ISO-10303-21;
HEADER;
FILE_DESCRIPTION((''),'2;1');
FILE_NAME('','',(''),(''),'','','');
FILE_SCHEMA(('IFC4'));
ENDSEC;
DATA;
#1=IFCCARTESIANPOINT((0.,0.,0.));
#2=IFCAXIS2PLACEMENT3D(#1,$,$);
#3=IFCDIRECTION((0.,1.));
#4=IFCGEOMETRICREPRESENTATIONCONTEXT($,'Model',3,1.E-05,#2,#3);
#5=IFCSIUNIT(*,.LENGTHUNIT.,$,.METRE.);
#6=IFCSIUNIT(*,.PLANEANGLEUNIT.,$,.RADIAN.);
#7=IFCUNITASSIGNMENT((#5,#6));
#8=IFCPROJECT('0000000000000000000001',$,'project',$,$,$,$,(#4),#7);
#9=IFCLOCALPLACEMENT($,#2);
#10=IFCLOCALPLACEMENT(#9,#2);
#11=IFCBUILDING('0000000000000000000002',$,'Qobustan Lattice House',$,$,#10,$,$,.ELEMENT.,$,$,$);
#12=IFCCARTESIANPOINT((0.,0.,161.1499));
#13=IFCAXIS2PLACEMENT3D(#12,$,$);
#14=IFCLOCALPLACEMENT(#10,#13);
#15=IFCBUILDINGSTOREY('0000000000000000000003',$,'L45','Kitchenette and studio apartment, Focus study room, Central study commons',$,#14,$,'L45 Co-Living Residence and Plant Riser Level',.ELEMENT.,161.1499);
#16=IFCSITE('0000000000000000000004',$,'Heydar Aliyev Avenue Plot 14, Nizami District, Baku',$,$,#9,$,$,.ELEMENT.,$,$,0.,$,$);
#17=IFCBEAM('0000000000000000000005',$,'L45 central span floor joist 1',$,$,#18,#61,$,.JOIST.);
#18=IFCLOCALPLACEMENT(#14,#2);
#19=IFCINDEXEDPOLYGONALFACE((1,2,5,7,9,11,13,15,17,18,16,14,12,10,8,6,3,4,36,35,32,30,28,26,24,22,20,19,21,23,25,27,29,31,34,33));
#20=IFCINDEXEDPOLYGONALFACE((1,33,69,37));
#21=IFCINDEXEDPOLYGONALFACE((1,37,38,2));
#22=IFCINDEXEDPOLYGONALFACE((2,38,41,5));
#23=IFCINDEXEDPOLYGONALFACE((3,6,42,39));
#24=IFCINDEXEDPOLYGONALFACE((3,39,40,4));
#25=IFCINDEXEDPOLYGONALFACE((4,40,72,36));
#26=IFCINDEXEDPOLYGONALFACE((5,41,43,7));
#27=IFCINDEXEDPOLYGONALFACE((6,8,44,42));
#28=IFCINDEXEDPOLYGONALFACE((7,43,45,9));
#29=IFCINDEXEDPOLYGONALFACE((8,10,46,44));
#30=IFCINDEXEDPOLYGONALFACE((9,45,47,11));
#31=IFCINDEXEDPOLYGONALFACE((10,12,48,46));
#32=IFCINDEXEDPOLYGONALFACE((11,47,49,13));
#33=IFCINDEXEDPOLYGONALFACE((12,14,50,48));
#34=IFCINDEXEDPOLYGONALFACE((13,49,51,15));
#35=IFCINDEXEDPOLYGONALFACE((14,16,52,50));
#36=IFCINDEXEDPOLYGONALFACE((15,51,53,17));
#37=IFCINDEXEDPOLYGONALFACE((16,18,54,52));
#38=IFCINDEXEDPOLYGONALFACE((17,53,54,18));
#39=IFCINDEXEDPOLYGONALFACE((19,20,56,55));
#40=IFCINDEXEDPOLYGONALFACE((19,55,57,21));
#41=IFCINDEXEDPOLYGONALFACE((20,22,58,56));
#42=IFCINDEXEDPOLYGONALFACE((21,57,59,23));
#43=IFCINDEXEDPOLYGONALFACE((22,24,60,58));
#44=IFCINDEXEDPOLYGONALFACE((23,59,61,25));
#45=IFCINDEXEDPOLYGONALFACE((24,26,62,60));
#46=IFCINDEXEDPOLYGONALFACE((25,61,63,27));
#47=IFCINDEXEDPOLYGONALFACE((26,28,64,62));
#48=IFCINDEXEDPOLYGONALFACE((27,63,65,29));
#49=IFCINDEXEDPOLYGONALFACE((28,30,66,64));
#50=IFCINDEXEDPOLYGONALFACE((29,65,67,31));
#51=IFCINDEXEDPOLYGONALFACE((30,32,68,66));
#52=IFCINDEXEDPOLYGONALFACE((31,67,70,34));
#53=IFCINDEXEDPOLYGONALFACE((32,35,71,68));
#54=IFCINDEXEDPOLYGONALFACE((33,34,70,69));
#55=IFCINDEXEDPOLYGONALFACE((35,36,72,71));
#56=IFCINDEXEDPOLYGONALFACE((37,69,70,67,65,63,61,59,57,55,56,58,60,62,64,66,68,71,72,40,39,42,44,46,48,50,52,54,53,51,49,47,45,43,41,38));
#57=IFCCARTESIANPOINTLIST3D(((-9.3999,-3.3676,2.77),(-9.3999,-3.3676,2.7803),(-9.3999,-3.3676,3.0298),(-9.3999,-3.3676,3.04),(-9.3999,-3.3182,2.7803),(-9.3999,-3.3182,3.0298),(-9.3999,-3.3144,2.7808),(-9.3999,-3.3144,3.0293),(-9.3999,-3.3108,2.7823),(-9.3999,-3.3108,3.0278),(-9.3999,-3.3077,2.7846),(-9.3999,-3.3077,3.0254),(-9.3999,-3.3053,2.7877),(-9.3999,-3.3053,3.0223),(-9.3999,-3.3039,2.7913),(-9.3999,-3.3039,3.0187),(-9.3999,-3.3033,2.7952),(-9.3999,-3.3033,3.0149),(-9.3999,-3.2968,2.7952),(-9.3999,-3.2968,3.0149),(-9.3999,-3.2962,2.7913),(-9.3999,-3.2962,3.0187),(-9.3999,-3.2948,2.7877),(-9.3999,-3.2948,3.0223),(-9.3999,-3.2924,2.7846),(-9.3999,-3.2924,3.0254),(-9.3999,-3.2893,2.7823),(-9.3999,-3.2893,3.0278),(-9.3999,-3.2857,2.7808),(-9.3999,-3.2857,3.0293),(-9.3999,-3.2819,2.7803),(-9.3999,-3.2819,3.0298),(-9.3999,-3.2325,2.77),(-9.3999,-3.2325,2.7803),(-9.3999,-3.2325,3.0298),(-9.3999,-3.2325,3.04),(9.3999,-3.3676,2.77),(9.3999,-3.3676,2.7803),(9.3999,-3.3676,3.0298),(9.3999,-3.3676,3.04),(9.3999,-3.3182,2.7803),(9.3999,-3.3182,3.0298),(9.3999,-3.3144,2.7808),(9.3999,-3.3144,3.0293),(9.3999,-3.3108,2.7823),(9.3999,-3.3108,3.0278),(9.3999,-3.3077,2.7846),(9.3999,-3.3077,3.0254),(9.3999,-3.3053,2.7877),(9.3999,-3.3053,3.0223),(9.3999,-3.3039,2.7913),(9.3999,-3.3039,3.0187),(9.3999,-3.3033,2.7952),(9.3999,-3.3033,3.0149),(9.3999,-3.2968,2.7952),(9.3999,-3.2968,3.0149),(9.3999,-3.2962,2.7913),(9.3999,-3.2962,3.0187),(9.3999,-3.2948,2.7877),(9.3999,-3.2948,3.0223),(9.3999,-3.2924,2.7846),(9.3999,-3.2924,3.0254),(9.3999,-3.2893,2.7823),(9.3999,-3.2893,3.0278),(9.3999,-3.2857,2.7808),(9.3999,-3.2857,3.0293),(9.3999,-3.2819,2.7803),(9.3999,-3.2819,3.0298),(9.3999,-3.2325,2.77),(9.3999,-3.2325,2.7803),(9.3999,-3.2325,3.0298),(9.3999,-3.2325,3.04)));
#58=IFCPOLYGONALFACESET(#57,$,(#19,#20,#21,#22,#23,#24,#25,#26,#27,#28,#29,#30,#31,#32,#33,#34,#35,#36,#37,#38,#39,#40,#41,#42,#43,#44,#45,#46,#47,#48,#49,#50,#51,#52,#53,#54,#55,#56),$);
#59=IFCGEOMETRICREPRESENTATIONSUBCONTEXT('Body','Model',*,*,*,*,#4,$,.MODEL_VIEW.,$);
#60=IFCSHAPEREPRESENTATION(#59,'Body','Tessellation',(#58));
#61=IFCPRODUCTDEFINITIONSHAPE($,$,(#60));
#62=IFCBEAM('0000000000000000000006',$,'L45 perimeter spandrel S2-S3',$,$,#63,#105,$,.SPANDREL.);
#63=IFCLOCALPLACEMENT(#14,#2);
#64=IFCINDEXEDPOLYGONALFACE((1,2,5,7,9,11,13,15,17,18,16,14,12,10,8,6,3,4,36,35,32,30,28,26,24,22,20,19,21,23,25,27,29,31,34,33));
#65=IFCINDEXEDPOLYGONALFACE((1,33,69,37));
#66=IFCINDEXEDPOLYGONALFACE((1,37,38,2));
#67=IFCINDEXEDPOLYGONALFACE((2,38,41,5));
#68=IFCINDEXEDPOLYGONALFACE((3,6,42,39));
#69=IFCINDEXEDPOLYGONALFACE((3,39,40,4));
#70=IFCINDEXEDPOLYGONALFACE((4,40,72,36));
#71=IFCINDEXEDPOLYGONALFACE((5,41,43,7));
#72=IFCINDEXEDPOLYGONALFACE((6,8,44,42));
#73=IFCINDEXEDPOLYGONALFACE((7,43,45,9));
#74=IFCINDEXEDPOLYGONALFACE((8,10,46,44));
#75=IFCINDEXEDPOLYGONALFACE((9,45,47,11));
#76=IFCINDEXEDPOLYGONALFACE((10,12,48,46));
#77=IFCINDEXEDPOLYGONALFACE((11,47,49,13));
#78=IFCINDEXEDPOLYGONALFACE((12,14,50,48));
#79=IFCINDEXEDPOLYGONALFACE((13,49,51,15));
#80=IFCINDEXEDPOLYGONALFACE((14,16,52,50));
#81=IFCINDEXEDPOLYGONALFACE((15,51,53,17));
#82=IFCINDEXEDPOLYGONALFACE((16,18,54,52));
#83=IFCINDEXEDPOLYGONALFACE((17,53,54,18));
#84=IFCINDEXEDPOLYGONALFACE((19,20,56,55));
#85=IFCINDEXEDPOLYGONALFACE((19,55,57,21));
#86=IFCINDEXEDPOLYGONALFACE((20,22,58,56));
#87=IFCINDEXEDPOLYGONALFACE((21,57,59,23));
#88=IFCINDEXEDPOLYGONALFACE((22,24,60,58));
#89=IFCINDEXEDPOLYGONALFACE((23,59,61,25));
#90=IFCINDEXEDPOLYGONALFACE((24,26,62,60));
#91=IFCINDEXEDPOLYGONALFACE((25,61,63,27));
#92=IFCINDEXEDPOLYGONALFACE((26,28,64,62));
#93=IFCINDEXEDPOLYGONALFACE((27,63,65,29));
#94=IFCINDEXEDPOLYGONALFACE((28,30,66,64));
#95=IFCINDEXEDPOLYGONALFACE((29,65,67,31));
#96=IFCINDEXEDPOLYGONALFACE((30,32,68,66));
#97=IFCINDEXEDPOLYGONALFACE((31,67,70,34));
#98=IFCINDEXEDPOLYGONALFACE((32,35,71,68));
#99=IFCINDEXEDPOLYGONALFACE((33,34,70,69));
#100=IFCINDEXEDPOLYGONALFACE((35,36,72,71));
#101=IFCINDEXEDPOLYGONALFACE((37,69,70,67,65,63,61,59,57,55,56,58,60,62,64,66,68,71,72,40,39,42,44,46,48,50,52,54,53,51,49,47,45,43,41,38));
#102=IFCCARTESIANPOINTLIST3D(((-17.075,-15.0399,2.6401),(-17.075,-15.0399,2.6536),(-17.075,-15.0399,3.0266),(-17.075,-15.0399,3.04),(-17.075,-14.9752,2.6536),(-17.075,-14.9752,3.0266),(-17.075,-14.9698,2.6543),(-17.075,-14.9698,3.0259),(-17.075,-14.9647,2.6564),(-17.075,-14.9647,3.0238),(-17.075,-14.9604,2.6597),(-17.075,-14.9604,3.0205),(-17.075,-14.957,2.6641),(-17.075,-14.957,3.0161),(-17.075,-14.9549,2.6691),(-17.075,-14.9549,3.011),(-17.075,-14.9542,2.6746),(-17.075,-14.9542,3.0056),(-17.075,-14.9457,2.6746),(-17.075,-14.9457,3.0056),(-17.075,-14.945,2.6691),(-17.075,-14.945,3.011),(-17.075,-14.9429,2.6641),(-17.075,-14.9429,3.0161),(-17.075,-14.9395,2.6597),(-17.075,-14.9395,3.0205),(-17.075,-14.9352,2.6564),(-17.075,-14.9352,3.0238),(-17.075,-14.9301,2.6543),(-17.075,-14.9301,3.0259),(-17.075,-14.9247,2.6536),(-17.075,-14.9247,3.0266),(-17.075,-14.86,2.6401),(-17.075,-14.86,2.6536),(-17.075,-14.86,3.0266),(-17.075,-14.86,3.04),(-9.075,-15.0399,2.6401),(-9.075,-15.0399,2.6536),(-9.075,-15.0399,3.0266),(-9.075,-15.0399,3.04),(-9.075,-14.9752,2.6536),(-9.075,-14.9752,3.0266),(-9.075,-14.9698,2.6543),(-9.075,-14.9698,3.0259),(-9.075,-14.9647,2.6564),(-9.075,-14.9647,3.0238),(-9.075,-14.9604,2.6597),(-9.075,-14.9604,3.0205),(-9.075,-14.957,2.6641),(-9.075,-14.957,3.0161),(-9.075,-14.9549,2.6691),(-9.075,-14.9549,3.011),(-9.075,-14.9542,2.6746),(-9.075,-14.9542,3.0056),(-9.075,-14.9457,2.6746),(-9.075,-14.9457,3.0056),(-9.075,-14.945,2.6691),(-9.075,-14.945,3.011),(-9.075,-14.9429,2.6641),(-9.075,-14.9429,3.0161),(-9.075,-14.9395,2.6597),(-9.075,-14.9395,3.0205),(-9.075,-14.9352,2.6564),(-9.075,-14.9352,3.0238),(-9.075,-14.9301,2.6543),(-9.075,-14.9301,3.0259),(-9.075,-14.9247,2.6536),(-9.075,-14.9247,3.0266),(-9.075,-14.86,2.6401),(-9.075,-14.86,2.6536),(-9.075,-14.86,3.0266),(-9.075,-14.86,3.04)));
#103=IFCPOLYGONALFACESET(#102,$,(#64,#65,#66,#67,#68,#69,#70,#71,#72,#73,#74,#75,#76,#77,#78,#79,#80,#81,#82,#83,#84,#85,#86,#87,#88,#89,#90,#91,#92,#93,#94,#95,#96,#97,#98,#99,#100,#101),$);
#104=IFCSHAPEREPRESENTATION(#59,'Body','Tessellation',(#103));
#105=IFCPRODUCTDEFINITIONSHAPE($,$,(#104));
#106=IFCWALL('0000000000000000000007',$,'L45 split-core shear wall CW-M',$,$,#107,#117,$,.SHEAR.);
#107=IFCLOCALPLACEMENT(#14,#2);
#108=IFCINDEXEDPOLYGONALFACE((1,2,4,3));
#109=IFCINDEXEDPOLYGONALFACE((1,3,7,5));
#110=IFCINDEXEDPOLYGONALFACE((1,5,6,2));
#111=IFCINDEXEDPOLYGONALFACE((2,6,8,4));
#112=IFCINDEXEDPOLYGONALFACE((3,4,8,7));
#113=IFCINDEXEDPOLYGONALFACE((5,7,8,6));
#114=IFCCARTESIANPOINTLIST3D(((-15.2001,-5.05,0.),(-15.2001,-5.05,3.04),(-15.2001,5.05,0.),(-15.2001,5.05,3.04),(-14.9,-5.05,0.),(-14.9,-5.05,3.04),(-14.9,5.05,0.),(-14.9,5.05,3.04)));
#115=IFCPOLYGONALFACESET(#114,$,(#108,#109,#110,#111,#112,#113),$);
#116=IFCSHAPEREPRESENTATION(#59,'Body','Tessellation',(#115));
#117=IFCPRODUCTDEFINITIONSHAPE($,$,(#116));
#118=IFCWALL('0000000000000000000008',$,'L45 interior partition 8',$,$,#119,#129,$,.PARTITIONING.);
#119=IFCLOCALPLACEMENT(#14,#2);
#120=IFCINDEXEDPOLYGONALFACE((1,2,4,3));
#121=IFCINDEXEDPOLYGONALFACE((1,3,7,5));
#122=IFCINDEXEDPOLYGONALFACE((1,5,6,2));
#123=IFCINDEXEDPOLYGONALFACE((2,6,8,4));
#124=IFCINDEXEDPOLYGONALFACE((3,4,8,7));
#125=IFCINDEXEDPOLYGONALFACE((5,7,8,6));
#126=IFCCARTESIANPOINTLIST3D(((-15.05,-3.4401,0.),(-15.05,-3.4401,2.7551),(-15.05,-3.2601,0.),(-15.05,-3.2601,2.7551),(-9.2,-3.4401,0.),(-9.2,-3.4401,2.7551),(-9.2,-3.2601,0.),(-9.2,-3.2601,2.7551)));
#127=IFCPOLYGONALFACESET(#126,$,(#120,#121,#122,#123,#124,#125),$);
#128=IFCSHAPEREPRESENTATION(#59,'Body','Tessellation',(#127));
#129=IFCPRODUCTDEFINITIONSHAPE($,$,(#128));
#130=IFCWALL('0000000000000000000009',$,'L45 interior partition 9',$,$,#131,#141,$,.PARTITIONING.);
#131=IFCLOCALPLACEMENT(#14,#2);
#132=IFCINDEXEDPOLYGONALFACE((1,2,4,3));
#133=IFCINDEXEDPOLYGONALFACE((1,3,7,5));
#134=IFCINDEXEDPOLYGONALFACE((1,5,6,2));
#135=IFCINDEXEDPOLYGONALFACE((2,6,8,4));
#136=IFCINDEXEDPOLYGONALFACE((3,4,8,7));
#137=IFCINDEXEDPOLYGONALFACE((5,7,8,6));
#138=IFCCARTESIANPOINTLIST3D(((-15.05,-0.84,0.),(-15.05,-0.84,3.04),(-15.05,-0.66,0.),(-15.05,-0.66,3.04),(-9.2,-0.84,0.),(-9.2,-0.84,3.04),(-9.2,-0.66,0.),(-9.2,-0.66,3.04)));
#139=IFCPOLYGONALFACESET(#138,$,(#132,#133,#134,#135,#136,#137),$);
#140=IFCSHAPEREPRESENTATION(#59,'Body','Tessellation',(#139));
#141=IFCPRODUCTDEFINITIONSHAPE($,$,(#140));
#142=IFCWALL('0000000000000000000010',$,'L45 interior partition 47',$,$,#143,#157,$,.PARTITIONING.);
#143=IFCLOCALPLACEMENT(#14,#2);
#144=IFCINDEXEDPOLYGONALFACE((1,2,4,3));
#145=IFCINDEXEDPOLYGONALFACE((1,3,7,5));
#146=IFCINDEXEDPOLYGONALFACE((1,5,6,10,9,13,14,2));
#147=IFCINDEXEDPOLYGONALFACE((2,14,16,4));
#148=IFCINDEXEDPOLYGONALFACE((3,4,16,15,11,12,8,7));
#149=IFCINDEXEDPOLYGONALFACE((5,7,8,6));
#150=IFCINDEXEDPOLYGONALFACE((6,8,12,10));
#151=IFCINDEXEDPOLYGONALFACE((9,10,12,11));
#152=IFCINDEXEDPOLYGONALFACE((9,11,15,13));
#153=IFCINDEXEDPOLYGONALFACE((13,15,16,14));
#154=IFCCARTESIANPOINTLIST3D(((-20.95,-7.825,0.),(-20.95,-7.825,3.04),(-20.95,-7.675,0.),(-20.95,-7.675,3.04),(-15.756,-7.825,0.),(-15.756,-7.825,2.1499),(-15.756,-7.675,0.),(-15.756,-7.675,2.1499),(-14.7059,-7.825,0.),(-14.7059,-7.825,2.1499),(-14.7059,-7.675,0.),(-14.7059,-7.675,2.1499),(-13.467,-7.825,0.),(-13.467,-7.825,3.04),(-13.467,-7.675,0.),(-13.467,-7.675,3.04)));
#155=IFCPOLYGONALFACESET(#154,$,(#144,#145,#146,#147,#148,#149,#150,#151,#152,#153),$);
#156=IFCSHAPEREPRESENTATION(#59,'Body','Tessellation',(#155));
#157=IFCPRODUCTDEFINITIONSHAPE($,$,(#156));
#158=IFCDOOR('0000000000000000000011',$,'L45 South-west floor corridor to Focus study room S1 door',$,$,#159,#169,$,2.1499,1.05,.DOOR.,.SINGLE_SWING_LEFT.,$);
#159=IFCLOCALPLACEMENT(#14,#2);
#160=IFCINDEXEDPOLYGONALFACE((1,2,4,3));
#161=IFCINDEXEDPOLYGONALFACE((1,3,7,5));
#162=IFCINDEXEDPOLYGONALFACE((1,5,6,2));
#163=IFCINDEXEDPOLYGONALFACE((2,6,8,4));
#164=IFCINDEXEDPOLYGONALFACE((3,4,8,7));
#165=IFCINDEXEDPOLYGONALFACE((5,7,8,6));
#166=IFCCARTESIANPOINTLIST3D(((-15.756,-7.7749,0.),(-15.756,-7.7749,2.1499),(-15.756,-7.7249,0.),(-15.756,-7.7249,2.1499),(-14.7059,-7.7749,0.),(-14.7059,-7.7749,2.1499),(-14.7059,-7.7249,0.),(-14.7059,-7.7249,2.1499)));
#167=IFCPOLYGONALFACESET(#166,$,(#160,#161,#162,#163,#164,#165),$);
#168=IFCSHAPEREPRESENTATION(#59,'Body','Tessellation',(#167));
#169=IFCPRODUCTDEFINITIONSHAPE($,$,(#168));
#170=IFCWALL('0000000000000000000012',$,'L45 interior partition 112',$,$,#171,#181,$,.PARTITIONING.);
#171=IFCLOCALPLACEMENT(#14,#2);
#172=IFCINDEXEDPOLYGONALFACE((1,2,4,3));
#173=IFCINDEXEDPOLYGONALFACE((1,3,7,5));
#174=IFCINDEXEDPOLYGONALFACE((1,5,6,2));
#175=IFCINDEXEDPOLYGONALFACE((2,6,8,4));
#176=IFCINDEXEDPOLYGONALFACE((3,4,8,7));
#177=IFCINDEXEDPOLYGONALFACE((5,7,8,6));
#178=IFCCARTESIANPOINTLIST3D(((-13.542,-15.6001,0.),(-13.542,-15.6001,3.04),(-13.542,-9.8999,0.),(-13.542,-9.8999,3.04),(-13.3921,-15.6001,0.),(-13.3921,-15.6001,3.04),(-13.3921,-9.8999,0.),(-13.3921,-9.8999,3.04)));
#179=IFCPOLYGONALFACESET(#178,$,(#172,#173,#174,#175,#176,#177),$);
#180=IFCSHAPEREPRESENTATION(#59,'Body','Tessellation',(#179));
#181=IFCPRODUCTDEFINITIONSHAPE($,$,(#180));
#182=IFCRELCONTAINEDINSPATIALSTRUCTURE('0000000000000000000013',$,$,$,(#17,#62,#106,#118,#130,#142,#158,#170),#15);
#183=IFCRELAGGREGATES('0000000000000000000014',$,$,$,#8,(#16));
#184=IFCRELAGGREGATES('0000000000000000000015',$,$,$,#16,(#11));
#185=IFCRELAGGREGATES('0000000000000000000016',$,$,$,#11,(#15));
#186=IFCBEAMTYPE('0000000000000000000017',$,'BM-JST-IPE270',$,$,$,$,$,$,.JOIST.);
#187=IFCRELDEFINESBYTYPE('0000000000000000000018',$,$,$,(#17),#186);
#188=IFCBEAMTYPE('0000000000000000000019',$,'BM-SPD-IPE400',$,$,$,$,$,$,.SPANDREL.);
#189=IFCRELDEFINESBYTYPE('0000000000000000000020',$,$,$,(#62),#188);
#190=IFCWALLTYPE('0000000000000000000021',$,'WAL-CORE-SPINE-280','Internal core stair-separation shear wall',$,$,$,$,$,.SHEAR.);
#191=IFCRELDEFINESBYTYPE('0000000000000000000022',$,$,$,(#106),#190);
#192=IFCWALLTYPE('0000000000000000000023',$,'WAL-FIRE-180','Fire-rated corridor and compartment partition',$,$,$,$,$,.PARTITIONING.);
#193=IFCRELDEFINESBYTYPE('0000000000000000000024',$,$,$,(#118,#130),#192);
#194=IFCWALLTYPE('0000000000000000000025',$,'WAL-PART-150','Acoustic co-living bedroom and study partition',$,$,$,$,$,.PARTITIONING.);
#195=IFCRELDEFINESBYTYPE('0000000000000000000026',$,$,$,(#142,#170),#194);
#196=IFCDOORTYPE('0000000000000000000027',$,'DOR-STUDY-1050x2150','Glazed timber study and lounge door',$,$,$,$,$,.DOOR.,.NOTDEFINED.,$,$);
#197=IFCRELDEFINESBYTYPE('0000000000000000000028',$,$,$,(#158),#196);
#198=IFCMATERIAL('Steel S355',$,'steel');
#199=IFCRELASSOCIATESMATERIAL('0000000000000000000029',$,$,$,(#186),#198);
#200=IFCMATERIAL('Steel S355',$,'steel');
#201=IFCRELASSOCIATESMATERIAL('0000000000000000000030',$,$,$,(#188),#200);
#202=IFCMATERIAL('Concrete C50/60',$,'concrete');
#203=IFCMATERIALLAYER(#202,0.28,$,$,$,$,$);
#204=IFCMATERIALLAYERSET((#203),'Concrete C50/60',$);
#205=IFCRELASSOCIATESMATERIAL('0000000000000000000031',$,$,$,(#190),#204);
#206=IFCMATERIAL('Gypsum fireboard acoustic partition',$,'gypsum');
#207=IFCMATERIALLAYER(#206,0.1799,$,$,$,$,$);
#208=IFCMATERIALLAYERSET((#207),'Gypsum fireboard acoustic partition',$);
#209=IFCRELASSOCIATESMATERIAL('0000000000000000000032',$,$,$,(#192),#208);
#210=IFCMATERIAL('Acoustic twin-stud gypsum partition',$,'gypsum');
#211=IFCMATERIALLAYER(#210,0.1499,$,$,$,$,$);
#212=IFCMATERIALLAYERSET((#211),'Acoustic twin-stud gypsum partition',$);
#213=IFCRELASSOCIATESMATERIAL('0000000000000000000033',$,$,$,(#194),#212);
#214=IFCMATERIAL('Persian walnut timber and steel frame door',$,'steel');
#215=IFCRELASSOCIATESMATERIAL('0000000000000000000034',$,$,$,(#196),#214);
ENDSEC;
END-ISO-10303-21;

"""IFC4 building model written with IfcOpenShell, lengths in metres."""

from ifc_helpers import new_model, si_unit, direction, frame, frame_2d, origin, origin_2d, place, context, subcontext, project, spatial, rectangle, i_section, extrude, material, layer, layer_set, material_profile, profile_set, type_object, element, fill, save


model = new_model("IFC4")

# Units and contexts
model_context = context("Model", 3, precision=1e-05, world=origin(), true_north=direction((0.0, 1.0)))
body_context = subcontext(model_context, "Body", "Model", "MODEL_VIEW")
ifc_project = project(units=[si_unit("LENGTHUNIT", "METRE"), si_unit("PLANEANGLEUNIT", "RADIAN")], contexts=[model_context])

# Site, building, storey
site_placement = place(None, origin())
site = spatial("IfcSite", under=ifc_project, at=site_placement, Name="Heydar Aliyev Avenue Plot 14, Nizami District, Baku", CompositionType="ELEMENT", RefElevation=0.0)
building_placement = place(site_placement, origin())
building = spatial("IfcBuilding", under=site, at=building_placement, Name="Qobustan Lattice House", CompositionType="ELEMENT")
storey_placement = place(building_placement, frame((0.0, 0.0, 161.1499)))
storey = spatial("IfcBuildingStorey", under=building, at=storey_placement, Name="L45", Description="Kitchenette and studio apartment, Focus study room, Central study commons", LongName="L45 Co-Living Residence and Plant Riser Level", CompositionType="ELEMENT", Elevation=161.1499)

# Beams
ifc_material_1 = material(Name="Steel S355", Category="steel")
ifc_material_profile_1 = material_profile(ifc_material_1, i_section(OverallWidth=0.135, OverallDepth=0.27, WebThickness=0.0066, FlangeThickness=0.0103, FilletRadius=0.0149, at=origin_2d()), Name="IPE270")
ifc_profile_set_1 = profile_set([ifc_material_profile_1], Name="Steel S355")
beam_type_1 = type_object("IfcBeamType", Name="BM-JST-IPE270", PredefinedType="JOIST", material=ifc_profile_set_1)
beam_1_placement = place(storey_placement, frame((-9.3999, -3.3, 2.905), z_axis=(1.0, 0.0, 0.0), x_axis=(0.0, 1.0, 0.0)))
element("IfcBeam", 1, at=beam_1_placement, inside=storey, type_object=beam_type_1, Name="L45 central span floor joist 1", PredefinedType="JOIST", context=body_context, shape_type="SweptSolid", body=[
    extrude(i_section(OverallWidth=0.135, OverallDepth=0.27, WebThickness=0.0066, FlangeThickness=0.0103, FilletRadius=0.0149, at=origin_2d()), origin(), (0.0, 0.0, 1.0), 18.7998),
])
ifc_material_2 = material(Name="Steel S355", Category="steel")
ifc_material_profile_2 = material_profile(ifc_material_2, i_section(OverallWidth=0.1799, OverallDepth=0.3999, WebThickness=0.0085, FlangeThickness=0.0134, FilletRadius=0.021, at=origin_2d()), Name="IPE400")
ifc_profile_set_2 = profile_set([ifc_material_profile_2], Name="Steel S355")
beam_type_2 = type_object("IfcBeamType", Name="BM-SPD-IPE400", PredefinedType="SPANDREL", material=ifc_profile_set_2)
beam_2_placement = place(storey_placement, frame((-17.075, -14.95, 2.8401), z_axis=(1.0, 0.0, 0.0), x_axis=(0.0, 1.0, 0.0)))
element("IfcBeam", 2, at=beam_2_placement, inside=storey, type_object=beam_type_2, Name="L45 perimeter spandrel S2-S3", PredefinedType="SPANDREL", context=body_context, shape_type="SweptSolid", body=[
    extrude(i_section(OverallWidth=0.1799, OverallDepth=0.3999, WebThickness=0.0085, FlangeThickness=0.0134, FilletRadius=0.021, at=origin_2d()), origin(), (0.0, 0.0, 1.0), 8.0),
])

# Walls
ifc_material_3 = material(Name="Concrete C50/60", Category="concrete")
ifc_layer_1 = layer(ifc_material_3, 0.28)
ifc_layer_set_1 = layer_set([ifc_layer_1], Name="Concrete C50/60")
wall_type_1 = type_object("IfcWallType", Name="WAL-CORE-SPINE-280", Description="Internal core stair-separation shear wall", PredefinedType="SHEAR", material=ifc_layer_set_1)
wall_1_placement = place(storey_placement, frame((-15.05, -5.05, 0.0), z_axis=(0.0, 0.0, 1.0), x_axis=(0.0, 1.0, 0.0)))
element("IfcWall", 3, at=wall_1_placement, inside=storey, type_object=wall_type_1, Name="L45 split-core shear wall CW-M", PredefinedType="SHEAR", context=body_context, shape_type="SweptSolid", body=[
    extrude(rectangle(XDim=10.1001, YDim=0.3, at=frame_2d((5.05, 0.0))), origin(), (0.0, 0.0, 1.0), 3.04),
])
ifc_material_4 = material(Name="Gypsum fireboard acoustic partition", Category="gypsum")
ifc_layer_2 = layer(ifc_material_4, 0.1799)
ifc_layer_set_2 = layer_set([ifc_layer_2], Name="Gypsum fireboard acoustic partition")
wall_type_2 = type_object("IfcWallType", Name="WAL-FIRE-180", Description="Fire-rated corridor and compartment partition", PredefinedType="PARTITIONING", material=ifc_layer_set_2)
wall_2_placement = place(storey_placement, frame((-15.05, -3.3501, 0.0), z_axis=(0.0, 0.0, 1.0), x_axis=(1.0, 0.0, 0.0)))
element("IfcWall", 4, at=wall_2_placement, inside=storey, type_object=wall_type_2, Name="L45 interior partition 8", PredefinedType="PARTITIONING", context=body_context, shape_type="SweptSolid", body=[
    extrude(rectangle(XDim=5.8501, YDim=0.1799, at=frame_2d((2.925, 0.0))), origin(), (0.0, 0.0, 1.0), 2.7551),
])
wall_3_placement = place(storey_placement, frame((-9.2, -0.75, 0.0), z_axis=(0.0, 0.0, 1.0), x_axis=(-1.0, 0.0, 0.0)))
element("IfcWall", 5, at=wall_3_placement, inside=storey, type_object=wall_type_2, Name="L45 interior partition 9", PredefinedType="PARTITIONING", context=body_context, shape_type="SweptSolid", body=[
    extrude(rectangle(XDim=5.8501, YDim=0.1799, at=frame_2d((2.925, 0.0))), origin(), (0.0, 0.0, 1.0), 3.04),
])

# Wall, opening, door
ifc_material_5 = material(Name="Acoustic twin-stud gypsum partition", Category="gypsum")
ifc_layer_3 = layer(ifc_material_5, 0.1499)
ifc_layer_set_3 = layer_set([ifc_layer_3], Name="Acoustic twin-stud gypsum partition")
wall_type_3 = type_object("IfcWallType", Name="WAL-PART-150", Description="Acoustic co-living bedroom and study partition", PredefinedType="PARTITIONING", material=ifc_layer_set_3)
wall_4_placement = place(storey_placement, frame((-13.467, -7.75, 0.0), z_axis=(0.0, 0.0, 1.0), x_axis=(-1.0, 0.0, 0.0)))
wall_4 = element("IfcWall", 6, at=wall_4_placement, inside=storey, type_object=wall_type_3, Name="L45 interior partition 47", PredefinedType="PARTITIONING", context=body_context, shape_type="SweptSolid", body=[
    extrude(rectangle(XDim=7.4829, YDim=0.1499, at=frame_2d((3.7415, 0.0))), origin(), (0.0, 0.0, 1.0), 3.04),
])
opening_1_placement = place(wall_4_placement, frame((1.239, 0.0, 0.0)))
opening_1 = element("IfcOpeningElement", 7, at=opening_1_placement, cuts=wall_4, PredefinedType="OPENING", context=body_context, shape_type="SweptSolid", body=[
    extrude(rectangle(XDim=1.05, YDim=2.1499, at=frame_2d((0.5249, 1.075))), frame((0.0, 0.085, 0.0), z_axis=(0.0, -1.0, 0.0), x_axis=(1.0, 0.0, 0.0)), (0.0, 0.0, 1.0), 0.1699),
])
ifc_material_6 = material(Name="Persian walnut timber and steel frame door", Category="steel")
door_type_1 = type_object("IfcDoorType", Name="DOR-STUDY-1050x2150", Description="Glazed timber study and lounge door", OperationType="NOTDEFINED", PredefinedType="DOOR", material=ifc_material_6)
door_1_placement = place(opening_1_placement, origin())
door_1 = element("IfcDoor", 8, at=door_1_placement, inside=storey, type_object=door_type_1, Name="L45 South-west floor corridor to Focus study room S1 door", OperationType="SINGLE_SWING_LEFT", OverallHeight=2.1499, OverallWidth=1.05, PredefinedType="DOOR", context=body_context, shape_type="SweptSolid", body=[
    extrude(rectangle(XDim=1.05, YDim=2.1499, at=frame_2d((0.5249, 1.075))), frame((0.0, 0.0249, 0.0), z_axis=(0.0, -1.0, 0.0), x_axis=(1.0, 0.0, 0.0)), (0.0, 0.0, 1.0), 0.05),
])
fill(opening_1, door_1)

# Wall
wall_5_placement = place(storey_placement, frame((-13.467, -9.8999, 0.0), z_axis=(0.0, 0.0, 1.0), x_axis=(0.0, -1.0, 0.0)))
element("IfcWall", 9, at=wall_5_placement, inside=storey, type_object=wall_type_3, Name="L45 interior partition 112", PredefinedType="PARTITIONING", context=body_context, shape_type="SweptSolid", body=[
    extrude(rectangle(XDim=5.7002, YDim=0.1499, at=frame_2d((2.8501, 0.0))), origin(), (0.0, 0.0, 1.0), 3.04),
])

save(model, "model.ifc")
